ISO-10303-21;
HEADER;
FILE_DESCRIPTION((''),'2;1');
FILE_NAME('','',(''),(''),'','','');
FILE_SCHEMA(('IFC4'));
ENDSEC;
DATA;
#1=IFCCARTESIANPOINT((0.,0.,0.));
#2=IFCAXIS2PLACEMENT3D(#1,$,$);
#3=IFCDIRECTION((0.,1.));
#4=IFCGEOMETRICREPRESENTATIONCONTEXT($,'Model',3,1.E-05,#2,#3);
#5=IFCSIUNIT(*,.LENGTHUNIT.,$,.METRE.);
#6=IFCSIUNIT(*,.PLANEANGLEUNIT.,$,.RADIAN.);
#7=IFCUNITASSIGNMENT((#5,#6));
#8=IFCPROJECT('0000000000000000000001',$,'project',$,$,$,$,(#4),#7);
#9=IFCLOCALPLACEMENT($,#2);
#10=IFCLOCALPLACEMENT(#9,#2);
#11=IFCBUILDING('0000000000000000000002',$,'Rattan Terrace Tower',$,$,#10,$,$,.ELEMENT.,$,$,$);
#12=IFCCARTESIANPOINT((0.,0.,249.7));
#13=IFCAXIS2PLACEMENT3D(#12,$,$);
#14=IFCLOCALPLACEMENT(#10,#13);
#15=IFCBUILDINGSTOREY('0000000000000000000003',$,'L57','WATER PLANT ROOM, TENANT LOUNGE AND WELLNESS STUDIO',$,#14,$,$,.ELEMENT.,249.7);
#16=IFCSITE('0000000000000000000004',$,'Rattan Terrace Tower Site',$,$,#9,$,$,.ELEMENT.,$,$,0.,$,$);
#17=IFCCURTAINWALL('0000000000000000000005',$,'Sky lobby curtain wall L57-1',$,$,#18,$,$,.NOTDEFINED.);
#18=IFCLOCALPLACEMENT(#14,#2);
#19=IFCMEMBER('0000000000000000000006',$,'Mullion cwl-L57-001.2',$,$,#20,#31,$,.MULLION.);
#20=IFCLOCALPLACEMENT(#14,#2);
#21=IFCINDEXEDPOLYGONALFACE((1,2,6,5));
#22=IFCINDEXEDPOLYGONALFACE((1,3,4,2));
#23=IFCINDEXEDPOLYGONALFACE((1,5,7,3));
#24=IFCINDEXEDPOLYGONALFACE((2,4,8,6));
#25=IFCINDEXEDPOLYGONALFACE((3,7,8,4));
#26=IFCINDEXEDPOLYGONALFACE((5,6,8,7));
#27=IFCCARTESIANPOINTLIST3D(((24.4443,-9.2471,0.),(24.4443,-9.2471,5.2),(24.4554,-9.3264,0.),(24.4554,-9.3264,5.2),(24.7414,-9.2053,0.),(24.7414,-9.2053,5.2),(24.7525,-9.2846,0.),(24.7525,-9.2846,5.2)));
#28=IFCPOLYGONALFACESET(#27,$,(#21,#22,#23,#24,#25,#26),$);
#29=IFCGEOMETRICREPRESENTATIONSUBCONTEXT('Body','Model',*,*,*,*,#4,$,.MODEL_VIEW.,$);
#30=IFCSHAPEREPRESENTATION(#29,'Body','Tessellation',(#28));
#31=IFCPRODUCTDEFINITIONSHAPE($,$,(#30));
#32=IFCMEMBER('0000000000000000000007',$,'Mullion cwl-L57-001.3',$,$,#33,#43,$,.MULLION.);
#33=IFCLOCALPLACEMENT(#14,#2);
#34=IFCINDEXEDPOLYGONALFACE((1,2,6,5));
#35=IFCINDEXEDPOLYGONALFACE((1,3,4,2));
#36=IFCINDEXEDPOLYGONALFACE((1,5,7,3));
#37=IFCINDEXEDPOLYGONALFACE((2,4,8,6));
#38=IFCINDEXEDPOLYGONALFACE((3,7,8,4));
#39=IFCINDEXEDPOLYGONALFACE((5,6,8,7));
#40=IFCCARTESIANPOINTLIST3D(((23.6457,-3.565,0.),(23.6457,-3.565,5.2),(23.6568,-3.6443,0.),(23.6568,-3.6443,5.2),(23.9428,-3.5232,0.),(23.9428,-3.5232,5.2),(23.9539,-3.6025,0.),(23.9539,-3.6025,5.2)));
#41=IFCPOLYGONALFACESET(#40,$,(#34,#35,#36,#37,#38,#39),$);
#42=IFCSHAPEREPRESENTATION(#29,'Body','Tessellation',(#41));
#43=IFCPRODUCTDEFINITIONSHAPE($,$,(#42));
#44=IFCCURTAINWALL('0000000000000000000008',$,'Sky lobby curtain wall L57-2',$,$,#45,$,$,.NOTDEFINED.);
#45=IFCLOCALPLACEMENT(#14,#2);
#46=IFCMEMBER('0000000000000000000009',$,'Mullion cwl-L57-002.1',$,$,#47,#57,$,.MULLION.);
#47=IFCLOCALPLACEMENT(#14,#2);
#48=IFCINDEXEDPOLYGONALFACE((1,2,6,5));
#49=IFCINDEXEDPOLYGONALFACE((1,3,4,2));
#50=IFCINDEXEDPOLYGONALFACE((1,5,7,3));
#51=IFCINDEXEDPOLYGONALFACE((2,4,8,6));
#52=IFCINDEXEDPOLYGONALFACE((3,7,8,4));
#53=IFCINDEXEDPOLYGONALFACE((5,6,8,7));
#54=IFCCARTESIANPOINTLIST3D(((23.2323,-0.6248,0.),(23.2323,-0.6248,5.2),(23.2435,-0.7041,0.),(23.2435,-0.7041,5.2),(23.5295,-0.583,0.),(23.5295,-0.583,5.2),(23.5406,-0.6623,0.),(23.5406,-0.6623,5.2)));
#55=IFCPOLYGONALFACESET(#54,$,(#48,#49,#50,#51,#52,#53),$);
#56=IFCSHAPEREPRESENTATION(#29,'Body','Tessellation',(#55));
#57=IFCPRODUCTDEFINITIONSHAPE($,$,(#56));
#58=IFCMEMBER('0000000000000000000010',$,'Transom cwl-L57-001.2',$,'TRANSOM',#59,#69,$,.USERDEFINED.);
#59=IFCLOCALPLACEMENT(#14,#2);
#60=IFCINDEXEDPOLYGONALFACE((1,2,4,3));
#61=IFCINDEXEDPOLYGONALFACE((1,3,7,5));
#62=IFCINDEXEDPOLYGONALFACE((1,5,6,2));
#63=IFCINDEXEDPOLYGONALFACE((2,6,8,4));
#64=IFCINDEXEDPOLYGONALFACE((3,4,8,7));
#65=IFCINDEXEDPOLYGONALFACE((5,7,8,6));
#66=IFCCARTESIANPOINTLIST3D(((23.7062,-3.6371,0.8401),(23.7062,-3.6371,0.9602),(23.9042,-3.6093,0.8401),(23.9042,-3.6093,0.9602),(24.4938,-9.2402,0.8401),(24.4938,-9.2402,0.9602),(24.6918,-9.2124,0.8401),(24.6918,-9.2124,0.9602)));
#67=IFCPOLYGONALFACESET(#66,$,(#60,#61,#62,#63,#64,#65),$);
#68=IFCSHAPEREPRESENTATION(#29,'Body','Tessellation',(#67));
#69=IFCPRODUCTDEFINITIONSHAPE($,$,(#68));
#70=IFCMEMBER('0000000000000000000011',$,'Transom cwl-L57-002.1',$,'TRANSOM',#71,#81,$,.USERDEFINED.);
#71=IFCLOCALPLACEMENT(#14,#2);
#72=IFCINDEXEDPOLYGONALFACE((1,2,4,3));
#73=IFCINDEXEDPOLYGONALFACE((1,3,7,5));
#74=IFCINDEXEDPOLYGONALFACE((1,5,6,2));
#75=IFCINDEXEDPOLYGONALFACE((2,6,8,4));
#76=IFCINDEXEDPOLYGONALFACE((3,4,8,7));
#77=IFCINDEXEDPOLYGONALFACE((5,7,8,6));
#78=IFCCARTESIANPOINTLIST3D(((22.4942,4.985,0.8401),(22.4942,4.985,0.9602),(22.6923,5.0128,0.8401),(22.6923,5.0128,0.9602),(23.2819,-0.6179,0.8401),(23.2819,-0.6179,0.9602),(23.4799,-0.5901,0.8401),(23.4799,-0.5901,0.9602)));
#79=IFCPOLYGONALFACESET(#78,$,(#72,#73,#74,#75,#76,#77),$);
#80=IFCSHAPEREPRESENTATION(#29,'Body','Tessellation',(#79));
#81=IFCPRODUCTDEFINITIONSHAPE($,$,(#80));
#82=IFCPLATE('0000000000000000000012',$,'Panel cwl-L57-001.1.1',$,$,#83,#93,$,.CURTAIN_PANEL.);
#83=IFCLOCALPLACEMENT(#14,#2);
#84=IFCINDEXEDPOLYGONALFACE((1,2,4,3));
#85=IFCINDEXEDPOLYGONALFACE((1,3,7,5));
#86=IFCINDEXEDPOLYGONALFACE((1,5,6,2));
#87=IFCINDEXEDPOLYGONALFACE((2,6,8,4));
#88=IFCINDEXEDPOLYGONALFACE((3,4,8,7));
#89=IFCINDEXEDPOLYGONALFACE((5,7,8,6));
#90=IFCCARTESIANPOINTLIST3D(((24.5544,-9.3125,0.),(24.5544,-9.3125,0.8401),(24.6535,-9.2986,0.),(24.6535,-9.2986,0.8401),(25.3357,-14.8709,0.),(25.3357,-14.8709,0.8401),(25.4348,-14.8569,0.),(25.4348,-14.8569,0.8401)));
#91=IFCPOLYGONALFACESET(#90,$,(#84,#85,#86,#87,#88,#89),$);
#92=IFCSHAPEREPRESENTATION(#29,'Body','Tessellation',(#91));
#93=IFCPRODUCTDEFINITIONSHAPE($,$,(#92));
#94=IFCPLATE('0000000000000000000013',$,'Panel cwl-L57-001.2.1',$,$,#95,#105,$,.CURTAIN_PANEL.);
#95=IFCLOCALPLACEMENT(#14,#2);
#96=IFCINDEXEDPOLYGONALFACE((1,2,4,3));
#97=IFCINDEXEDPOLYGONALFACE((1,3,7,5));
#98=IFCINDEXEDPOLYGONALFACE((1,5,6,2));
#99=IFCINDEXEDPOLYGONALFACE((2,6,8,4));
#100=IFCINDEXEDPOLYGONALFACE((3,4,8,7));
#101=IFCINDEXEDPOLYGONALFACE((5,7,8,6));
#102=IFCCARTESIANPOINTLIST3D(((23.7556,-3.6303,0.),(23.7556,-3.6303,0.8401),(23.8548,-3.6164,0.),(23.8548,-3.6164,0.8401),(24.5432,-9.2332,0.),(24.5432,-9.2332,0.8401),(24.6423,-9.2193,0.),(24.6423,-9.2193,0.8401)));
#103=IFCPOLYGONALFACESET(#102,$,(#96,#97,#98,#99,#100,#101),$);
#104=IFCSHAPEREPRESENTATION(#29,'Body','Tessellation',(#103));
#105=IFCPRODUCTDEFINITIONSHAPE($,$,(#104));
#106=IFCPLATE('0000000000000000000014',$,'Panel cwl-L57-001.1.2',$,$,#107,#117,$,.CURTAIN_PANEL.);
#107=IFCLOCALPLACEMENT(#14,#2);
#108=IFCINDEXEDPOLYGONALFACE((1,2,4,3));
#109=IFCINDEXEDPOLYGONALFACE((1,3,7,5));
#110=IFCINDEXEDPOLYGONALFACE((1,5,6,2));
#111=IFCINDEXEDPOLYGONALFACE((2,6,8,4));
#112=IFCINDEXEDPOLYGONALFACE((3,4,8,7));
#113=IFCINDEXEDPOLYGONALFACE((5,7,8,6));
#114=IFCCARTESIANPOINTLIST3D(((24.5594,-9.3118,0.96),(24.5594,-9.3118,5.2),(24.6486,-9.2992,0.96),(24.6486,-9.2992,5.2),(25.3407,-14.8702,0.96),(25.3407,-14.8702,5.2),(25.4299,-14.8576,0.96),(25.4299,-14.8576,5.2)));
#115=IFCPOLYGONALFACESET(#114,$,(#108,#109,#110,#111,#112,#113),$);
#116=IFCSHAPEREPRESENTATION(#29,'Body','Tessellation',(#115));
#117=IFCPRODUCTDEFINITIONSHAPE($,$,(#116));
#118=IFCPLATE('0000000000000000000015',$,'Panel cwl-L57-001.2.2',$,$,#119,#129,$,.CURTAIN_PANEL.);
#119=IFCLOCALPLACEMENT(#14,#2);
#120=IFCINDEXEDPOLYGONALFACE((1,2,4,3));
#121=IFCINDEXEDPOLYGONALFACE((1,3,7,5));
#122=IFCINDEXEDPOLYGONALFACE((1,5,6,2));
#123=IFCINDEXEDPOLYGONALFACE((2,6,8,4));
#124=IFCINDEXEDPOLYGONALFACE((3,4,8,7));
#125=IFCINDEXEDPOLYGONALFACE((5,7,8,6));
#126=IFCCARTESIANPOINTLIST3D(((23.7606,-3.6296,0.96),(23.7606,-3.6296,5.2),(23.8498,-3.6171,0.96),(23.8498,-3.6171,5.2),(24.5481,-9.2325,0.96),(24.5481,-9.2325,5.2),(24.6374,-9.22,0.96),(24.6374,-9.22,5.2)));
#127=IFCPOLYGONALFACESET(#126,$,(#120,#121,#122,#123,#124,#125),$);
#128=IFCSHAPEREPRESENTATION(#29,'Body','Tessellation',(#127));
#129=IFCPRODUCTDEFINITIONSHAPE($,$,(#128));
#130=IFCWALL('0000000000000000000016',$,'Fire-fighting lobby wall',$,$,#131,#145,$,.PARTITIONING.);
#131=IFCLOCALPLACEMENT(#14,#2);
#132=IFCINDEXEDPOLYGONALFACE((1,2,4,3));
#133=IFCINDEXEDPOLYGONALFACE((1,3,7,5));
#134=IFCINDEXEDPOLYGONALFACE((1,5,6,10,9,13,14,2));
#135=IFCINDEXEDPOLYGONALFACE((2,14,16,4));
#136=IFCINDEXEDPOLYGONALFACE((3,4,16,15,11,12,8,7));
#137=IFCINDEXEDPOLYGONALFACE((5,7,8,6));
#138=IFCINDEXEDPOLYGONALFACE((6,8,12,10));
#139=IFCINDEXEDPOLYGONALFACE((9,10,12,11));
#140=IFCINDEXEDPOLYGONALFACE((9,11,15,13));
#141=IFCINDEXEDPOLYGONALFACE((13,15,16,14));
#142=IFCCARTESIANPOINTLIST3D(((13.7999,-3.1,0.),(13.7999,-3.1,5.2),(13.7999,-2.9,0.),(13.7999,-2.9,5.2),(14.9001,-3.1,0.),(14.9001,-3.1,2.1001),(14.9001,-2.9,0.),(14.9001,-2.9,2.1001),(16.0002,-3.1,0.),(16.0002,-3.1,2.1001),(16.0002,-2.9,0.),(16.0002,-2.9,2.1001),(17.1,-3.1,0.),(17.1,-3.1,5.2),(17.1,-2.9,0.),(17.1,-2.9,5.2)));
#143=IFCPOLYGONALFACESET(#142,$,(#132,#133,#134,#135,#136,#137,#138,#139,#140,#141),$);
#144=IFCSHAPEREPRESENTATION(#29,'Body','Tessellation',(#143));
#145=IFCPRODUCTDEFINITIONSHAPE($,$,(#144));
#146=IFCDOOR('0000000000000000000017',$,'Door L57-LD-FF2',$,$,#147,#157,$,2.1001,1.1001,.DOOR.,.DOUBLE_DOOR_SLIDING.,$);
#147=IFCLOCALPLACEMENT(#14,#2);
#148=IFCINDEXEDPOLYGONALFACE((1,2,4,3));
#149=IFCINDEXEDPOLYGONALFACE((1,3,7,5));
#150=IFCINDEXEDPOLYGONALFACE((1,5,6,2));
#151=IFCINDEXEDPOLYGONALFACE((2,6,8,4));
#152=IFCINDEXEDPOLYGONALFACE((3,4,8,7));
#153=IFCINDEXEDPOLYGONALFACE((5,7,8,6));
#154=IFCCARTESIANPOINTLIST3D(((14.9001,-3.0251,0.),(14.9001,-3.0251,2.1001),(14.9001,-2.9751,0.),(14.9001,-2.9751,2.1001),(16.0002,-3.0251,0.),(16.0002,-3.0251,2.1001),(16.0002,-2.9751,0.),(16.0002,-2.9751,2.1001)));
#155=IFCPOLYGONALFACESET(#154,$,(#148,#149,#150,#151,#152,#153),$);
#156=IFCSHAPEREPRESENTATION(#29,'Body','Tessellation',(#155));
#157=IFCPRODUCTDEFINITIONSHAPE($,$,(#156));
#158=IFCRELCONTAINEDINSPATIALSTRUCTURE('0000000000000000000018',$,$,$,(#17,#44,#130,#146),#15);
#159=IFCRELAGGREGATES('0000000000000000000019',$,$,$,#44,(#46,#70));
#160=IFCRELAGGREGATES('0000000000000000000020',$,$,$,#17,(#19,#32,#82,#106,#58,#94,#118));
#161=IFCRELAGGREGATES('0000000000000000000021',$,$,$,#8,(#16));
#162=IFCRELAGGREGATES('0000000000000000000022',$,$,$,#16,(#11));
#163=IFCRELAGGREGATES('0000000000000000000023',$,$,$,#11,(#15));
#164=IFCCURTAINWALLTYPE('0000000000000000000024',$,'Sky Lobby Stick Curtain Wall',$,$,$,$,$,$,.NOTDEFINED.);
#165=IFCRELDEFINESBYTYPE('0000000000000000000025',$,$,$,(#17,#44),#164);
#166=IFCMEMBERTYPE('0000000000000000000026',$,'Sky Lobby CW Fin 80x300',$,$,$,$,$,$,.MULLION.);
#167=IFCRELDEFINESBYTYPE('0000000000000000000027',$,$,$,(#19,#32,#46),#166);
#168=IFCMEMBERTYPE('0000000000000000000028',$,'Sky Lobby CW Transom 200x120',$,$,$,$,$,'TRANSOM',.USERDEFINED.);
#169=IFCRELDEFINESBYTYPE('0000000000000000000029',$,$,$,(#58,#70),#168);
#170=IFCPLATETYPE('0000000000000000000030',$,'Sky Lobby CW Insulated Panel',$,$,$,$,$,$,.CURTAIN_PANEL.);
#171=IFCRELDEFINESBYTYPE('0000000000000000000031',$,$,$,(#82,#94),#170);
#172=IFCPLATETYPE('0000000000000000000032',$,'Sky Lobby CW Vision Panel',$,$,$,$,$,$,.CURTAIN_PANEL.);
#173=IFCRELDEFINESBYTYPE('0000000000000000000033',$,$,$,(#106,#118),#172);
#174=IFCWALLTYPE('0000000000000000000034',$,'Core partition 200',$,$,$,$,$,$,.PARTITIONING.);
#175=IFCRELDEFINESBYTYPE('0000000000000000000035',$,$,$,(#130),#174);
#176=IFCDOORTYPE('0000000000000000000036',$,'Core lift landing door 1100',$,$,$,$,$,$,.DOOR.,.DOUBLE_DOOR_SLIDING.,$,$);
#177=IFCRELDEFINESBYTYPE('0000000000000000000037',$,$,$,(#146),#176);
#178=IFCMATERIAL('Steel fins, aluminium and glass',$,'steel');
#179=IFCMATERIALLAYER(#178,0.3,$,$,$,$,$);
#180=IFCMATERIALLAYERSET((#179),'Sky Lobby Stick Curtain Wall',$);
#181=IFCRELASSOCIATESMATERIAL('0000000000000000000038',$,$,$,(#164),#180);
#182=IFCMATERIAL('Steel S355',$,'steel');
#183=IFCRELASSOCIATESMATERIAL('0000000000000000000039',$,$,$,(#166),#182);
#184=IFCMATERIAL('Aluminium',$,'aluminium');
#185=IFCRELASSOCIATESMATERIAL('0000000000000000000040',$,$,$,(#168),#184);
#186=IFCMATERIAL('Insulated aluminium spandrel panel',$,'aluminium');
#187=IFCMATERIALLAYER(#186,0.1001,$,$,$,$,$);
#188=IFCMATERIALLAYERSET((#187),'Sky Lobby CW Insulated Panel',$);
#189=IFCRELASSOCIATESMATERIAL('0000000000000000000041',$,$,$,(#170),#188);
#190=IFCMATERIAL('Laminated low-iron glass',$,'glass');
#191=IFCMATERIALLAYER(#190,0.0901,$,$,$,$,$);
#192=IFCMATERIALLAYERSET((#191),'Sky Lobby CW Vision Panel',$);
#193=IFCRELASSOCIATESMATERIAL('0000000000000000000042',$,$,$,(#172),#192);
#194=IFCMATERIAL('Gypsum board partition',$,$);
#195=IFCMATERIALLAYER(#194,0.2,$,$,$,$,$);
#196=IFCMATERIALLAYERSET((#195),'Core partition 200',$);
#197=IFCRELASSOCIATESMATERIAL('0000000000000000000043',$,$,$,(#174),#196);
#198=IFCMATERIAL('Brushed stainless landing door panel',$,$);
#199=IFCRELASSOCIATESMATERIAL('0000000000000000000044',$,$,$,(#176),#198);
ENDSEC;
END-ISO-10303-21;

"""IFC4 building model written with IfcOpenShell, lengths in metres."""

from ifc_helpers import new_model, si_unit, direction, frame, frame_2d, origin, origin_2d, place, context, subcontext, project, spatial, rectangle, extrude, material, layer, layer_set, material_profile, profile_set, type_object, element, fill, aggregate, save


model = new_model("IFC4")

# Units and contexts
model_context = context("Model", 3, precision=1e-05, world=origin(), true_north=direction((0.0, 1.0)))
body_context = subcontext(model_context, "Body", "Model", "MODEL_VIEW")
ifc_project = project(units=[si_unit("LENGTHUNIT", "METRE"), si_unit("PLANEANGLEUNIT", "RADIAN")], contexts=[model_context])

# Site, building, storey
site_placement = place(None, origin())
site = spatial("IfcSite", under=ifc_project, at=site_placement, Name="Rattan Terrace Tower Site", CompositionType="ELEMENT", RefElevation=0.0)
building_placement = place(site_placement, origin())
building = spatial("IfcBuilding", under=site, at=building_placement, Name="Rattan Terrace Tower", CompositionType="ELEMENT")
storey_placement = place(building_placement, frame((0.0, 0.0, 249.7)))
storey = spatial("IfcBuildingStorey", under=building, at=storey_placement, Name="L57", Description="WATER PLANT ROOM, TENANT LOUNGE AND WELLNESS STUDIO", CompositionType="ELEMENT", Elevation=249.7)

# Curtain wall, members
ifc_material_1 = material(Name="Steel fins, aluminium and glass", Category="steel")
ifc_layer_1 = layer(ifc_material_1, 0.3)
ifc_layer_set_1 = layer_set([ifc_layer_1], Name="Sky Lobby Stick Curtain Wall")
curtain_wall_type = type_object("IfcCurtainWallType", Name="Sky Lobby Stick Curtain Wall", PredefinedType="NOTDEFINED", material=ifc_layer_set_1)
curtain_wall_1_placement = place(storey_placement, origin())
curtain_wall_1 = element("IfcCurtainWall", 1, at=curtain_wall_1_placement, inside=storey, type_object=curtain_wall_type, Name="Sky lobby curtain wall L57-1", PredefinedType="NOTDEFINED")
ifc_material_2 = material(Name="Steel S355", Category="steel")
ifc_material_profile_1 = material_profile(ifc_material_2, rectangle(XDim=0.0801, YDim=0.3, at=origin_2d()), Name="Steel S355 80x300")
ifc_profile_set_1 = profile_set([ifc_material_profile_1], Name="Steel S355")
member_type_1 = type_object("IfcMemberType", Name="Sky Lobby CW Fin 80x300", PredefinedType="MULLION", material=ifc_profile_set_1)
member_1_placement = place(storey_placement, frame((24.5984, -9.2659, 0.0), z_axis=(0.0, 0.0, 1.0), x_axis=(-0.139192, 0.990265, 0.0)))
member_1 = element("IfcMember", 2, at=member_1_placement, type_object=member_type_1, Name="Mullion cwl-L57-001.2", PredefinedType="MULLION", context=body_context, shape_type="SweptSolid", body=[
    extrude(rectangle(XDim=0.0801, YDim=0.3, at=origin_2d()), origin(), (0.0, 0.0, 1.0), 5.2),
])
member_2_placement = place(storey_placement, frame((23.7998, -3.5837, 0.0), z_axis=(0.0, 0.0, 1.0), x_axis=(-0.139192, 0.990265, 0.0)))
member_2 = element("IfcMember", 3, at=member_2_placement, type_object=member_type_1, Name="Mullion cwl-L57-001.3", PredefinedType="MULLION", context=body_context, shape_type="SweptSolid", body=[
    extrude(rectangle(XDim=0.0801, YDim=0.3, at=origin_2d()), origin(), (0.0, 0.0, 1.0), 5.2),
])

# Curtain wall, member
curtain_wall_2_placement = place(storey_placement, origin())
curtain_wall_2 = element("IfcCurtainWall", 4, at=curtain_wall_2_placement, inside=storey, type_object=curtain_wall_type, Name="Sky lobby curtain wall L57-2", PredefinedType="NOTDEFINED")
member_3_placement = place(storey_placement, frame((23.3865, -0.6436, 0.0), z_axis=(0.0, 0.0, 1.0), x_axis=(-0.139192, 0.990265, 0.0)))
member_3 = element("IfcMember", 5, at=member_3_placement, type_object=member_type_1, Name="Mullion cwl-L57-002.1", PredefinedType="MULLION", context=body_context, shape_type="SweptSolid", body=[
    extrude(rectangle(XDim=0.0801, YDim=0.3, at=origin_2d()), origin(), (0.0, 0.0, 1.0), 5.2),
])

# Members
ifc_material_3 = material(Name="Aluminium", Category="aluminium")
ifc_material_profile_2 = material_profile(ifc_material_3, rectangle(XDim=0.2, YDim=0.1201, at=origin_2d()), Name="Aluminium 200x120")
ifc_profile_set_2 = profile_set([ifc_material_profile_2], Name="Aluminium")
member_type_2 = type_object("IfcMemberType", Name="Sky Lobby CW Transom 200x120", ElementType="TRANSOM", PredefinedType="USERDEFINED", material=ifc_profile_set_2)
member_4_placement = place(storey_placement, frame((24.5928, -9.2263, 0.9001), z_axis=(-0.139198, 0.990265, 0.0), x_axis=(-0.990265, -0.139198, 0.0)))
member_4 = element("IfcMember", 6, at=member_4_placement, type_object=member_type_2, Name="Transom cwl-L57-001.2", ObjectType="TRANSOM", PredefinedType="USERDEFINED", context=body_context, shape_type="SweptSolid", body=[
    extrude(rectangle(XDim=0.2, YDim=0.1201, at=origin_2d()), origin(), (0.0, 0.0, 1.0), 5.6582),
])
member_5_placement = place(storey_placement, frame((23.3809, -0.604, 0.9001), z_axis=(-0.139204, 0.990264, 0.0), x_axis=(-0.990264, -0.139204, 0.0)))
member_5 = element("IfcMember", 7, at=member_5_placement, type_object=member_type_2, Name="Transom cwl-L57-002.1", ObjectType="TRANSOM", PredefinedType="USERDEFINED", context=body_context, shape_type="SweptSolid", body=[
    extrude(rectangle(XDim=0.2, YDim=0.1201, at=origin_2d()), origin(), (0.0, 0.0, 1.0), 5.658),
])
aggregate(curtain_wall_2, [member_3, member_5])

# Plates
ifc_material_4 = material(Name="Insulated aluminium spandrel panel", Category="aluminium")
ifc_layer_2 = layer(ifc_material_4, 0.1001)
ifc_layer_set_2 = layer_set([ifc_layer_2], Name="Sky Lobby CW Insulated Panel")
plate_type_1 = type_object("IfcPlateType", Name="Sky Lobby CW Insulated Panel", PredefinedType="CURTAIN_PANEL", material=ifc_layer_set_2)
plate_1_placement = place(storey_placement, frame((24.9946, -12.0847, 0.0), z_axis=(0.0, 0.0, 1.0), x_axis=(-0.139192, 0.990265, 0.0)))
plate_1 = element("IfcPlate", 8, at=plate_1_placement, type_object=plate_type_1, Name="Panel cwl-L57-001.1.1", PredefinedType="CURTAIN_PANEL", context=body_context, shape_type="SweptSolid", body=[
    extrude(rectangle(XDim=5.613, YDim=0.1001, at=origin_2d()), origin(), (0.0, 0.0, 1.0), 0.8401),
])
plate_2_placement = place(storey_placement, frame((24.199, -6.4248, 0.0), z_axis=(0.0, 0.0, 1.0), x_axis=(-0.139192, 0.990265, 0.0)))
plate_2 = element("IfcPlate", 9, at=plate_2_placement, type_object=plate_type_1, Name="Panel cwl-L57-001.2.1", PredefinedType="CURTAIN_PANEL", context=body_context, shape_type="SweptSolid", body=[
    extrude(rectangle(XDim=5.658, YDim=0.1001, at=origin_2d()), origin(), (0.0, 0.0, 1.0), 0.8401),
])
ifc_material_5 = material(Name="Laminated low-iron glass", Category="glass")
ifc_layer_3 = layer(ifc_material_5, 0.0901)
ifc_layer_set_3 = layer_set([ifc_layer_3], Name="Sky Lobby CW Vision Panel")
plate_type_2 = type_object("IfcPlateType", Name="Sky Lobby CW Vision Panel", PredefinedType="CURTAIN_PANEL", material=ifc_layer_set_3)
plate_3_placement = place(storey_placement, frame((24.9946, -12.0847, 0.96), z_axis=(0.0, 0.0, 1.0), x_axis=(-0.139192, 0.990265, 0.0)))
plate_3 = element("IfcPlate", 10, at=plate_3_placement, type_object=plate_type_2, Name="Panel cwl-L57-001.1.2", PredefinedType="CURTAIN_PANEL", context=body_context, shape_type="SweptSolid", body=[
    extrude(rectangle(XDim=5.613, YDim=0.0901, at=origin_2d()), origin(), (0.0, 0.0, 1.0), 4.24),
])
plate_4_placement = place(storey_placement, frame((24.199, -6.4248, 0.96), z_axis=(0.0, 0.0, 1.0), x_axis=(-0.139192, 0.990265, 0.0)))
plate_4 = element("IfcPlate", 11, at=plate_4_placement, type_object=plate_type_2, Name="Panel cwl-L57-001.2.2", PredefinedType="CURTAIN_PANEL", context=body_context, shape_type="SweptSolid", body=[
    extrude(rectangle(XDim=5.658, YDim=0.0901, at=origin_2d()), origin(), (0.0, 0.0, 1.0), 4.24),
])
aggregate(curtain_wall_1, [member_1, member_2, plate_1, plate_3, member_4, plate_2, plate_4])

# Wall, opening, door
ifc_material_6 = material(Name="Gypsum board partition")
ifc_layer_4 = layer(ifc_material_6, 0.2)
ifc_layer_set_4 = layer_set([ifc_layer_4], Name="Core partition 200")
wall_type_1 = type_object("IfcWallType", Name="Core partition 200", PredefinedType="PARTITIONING", material=ifc_layer_set_4)
wall_1_placement = place(storey_placement, frame((13.8, -3.0, 0.0), z_axis=(0.0, 0.0, 1.0), x_axis=(1.0, 0.0, 0.0)))
wall_1 = element("IfcWall", 12, at=wall_1_placement, inside=storey, type_object=wall_type_1, Name="Fire-fighting lobby wall", PredefinedType="PARTITIONING", context=body_context, shape_type="SweptSolid", body=[
    extrude(rectangle(XDim=3.3, YDim=0.2, at=frame_2d((1.6499, 0.0))), origin(), (0.0, 0.0, 1.0), 5.2),
])
opening_1_placement = place(wall_1_placement, frame((1.1001, 0.0, 0.0)))
opening_1 = element("IfcOpeningElement", 13, at=opening_1_placement, cuts=wall_1, PredefinedType="OPENING", context=body_context, shape_type="SweptSolid", body=[
    extrude(rectangle(XDim=1.1001, YDim=2.1001, at=frame_2d((0.55, 1.05))), frame((0.0, 0.1106, 0.0), z_axis=(0.0, -1.0, 0.0), x_axis=(1.0, 0.0, 0.0)), (0.0, 0.0, 1.0), 0.2209),
])
ifc_material_7 = material(Name="Brushed stainless landing door panel")
door_type_1 = type_object("IfcDoorType", Name="Core lift landing door 1100", OperationType="DOUBLE_DOOR_SLIDING", PredefinedType="DOOR", material=ifc_material_7)
door_1_placement = place(opening_1_placement, origin())
door_1 = element("IfcDoor", 14, at=door_1_placement, inside=storey, type_object=door_type_1, Name="Door L57-LD-FF2", OperationType="DOUBLE_DOOR_SLIDING", OverallHeight=2.1001, OverallWidth=1.1001, PredefinedType="DOOR", context=body_context, shape_type="SweptSolid", body=[
    extrude(rectangle(XDim=1.1001, YDim=2.1001, at=frame_2d((0.55, 1.05))), frame((0.0, 0.0249, 0.0), z_axis=(0.0, -1.0, 0.0), x_axis=(1.0, 0.0, 0.0)), (0.0, 0.0, 1.0), 0.05),
])
fill(opening_1, door_1)

save(model, "model.ifc")
